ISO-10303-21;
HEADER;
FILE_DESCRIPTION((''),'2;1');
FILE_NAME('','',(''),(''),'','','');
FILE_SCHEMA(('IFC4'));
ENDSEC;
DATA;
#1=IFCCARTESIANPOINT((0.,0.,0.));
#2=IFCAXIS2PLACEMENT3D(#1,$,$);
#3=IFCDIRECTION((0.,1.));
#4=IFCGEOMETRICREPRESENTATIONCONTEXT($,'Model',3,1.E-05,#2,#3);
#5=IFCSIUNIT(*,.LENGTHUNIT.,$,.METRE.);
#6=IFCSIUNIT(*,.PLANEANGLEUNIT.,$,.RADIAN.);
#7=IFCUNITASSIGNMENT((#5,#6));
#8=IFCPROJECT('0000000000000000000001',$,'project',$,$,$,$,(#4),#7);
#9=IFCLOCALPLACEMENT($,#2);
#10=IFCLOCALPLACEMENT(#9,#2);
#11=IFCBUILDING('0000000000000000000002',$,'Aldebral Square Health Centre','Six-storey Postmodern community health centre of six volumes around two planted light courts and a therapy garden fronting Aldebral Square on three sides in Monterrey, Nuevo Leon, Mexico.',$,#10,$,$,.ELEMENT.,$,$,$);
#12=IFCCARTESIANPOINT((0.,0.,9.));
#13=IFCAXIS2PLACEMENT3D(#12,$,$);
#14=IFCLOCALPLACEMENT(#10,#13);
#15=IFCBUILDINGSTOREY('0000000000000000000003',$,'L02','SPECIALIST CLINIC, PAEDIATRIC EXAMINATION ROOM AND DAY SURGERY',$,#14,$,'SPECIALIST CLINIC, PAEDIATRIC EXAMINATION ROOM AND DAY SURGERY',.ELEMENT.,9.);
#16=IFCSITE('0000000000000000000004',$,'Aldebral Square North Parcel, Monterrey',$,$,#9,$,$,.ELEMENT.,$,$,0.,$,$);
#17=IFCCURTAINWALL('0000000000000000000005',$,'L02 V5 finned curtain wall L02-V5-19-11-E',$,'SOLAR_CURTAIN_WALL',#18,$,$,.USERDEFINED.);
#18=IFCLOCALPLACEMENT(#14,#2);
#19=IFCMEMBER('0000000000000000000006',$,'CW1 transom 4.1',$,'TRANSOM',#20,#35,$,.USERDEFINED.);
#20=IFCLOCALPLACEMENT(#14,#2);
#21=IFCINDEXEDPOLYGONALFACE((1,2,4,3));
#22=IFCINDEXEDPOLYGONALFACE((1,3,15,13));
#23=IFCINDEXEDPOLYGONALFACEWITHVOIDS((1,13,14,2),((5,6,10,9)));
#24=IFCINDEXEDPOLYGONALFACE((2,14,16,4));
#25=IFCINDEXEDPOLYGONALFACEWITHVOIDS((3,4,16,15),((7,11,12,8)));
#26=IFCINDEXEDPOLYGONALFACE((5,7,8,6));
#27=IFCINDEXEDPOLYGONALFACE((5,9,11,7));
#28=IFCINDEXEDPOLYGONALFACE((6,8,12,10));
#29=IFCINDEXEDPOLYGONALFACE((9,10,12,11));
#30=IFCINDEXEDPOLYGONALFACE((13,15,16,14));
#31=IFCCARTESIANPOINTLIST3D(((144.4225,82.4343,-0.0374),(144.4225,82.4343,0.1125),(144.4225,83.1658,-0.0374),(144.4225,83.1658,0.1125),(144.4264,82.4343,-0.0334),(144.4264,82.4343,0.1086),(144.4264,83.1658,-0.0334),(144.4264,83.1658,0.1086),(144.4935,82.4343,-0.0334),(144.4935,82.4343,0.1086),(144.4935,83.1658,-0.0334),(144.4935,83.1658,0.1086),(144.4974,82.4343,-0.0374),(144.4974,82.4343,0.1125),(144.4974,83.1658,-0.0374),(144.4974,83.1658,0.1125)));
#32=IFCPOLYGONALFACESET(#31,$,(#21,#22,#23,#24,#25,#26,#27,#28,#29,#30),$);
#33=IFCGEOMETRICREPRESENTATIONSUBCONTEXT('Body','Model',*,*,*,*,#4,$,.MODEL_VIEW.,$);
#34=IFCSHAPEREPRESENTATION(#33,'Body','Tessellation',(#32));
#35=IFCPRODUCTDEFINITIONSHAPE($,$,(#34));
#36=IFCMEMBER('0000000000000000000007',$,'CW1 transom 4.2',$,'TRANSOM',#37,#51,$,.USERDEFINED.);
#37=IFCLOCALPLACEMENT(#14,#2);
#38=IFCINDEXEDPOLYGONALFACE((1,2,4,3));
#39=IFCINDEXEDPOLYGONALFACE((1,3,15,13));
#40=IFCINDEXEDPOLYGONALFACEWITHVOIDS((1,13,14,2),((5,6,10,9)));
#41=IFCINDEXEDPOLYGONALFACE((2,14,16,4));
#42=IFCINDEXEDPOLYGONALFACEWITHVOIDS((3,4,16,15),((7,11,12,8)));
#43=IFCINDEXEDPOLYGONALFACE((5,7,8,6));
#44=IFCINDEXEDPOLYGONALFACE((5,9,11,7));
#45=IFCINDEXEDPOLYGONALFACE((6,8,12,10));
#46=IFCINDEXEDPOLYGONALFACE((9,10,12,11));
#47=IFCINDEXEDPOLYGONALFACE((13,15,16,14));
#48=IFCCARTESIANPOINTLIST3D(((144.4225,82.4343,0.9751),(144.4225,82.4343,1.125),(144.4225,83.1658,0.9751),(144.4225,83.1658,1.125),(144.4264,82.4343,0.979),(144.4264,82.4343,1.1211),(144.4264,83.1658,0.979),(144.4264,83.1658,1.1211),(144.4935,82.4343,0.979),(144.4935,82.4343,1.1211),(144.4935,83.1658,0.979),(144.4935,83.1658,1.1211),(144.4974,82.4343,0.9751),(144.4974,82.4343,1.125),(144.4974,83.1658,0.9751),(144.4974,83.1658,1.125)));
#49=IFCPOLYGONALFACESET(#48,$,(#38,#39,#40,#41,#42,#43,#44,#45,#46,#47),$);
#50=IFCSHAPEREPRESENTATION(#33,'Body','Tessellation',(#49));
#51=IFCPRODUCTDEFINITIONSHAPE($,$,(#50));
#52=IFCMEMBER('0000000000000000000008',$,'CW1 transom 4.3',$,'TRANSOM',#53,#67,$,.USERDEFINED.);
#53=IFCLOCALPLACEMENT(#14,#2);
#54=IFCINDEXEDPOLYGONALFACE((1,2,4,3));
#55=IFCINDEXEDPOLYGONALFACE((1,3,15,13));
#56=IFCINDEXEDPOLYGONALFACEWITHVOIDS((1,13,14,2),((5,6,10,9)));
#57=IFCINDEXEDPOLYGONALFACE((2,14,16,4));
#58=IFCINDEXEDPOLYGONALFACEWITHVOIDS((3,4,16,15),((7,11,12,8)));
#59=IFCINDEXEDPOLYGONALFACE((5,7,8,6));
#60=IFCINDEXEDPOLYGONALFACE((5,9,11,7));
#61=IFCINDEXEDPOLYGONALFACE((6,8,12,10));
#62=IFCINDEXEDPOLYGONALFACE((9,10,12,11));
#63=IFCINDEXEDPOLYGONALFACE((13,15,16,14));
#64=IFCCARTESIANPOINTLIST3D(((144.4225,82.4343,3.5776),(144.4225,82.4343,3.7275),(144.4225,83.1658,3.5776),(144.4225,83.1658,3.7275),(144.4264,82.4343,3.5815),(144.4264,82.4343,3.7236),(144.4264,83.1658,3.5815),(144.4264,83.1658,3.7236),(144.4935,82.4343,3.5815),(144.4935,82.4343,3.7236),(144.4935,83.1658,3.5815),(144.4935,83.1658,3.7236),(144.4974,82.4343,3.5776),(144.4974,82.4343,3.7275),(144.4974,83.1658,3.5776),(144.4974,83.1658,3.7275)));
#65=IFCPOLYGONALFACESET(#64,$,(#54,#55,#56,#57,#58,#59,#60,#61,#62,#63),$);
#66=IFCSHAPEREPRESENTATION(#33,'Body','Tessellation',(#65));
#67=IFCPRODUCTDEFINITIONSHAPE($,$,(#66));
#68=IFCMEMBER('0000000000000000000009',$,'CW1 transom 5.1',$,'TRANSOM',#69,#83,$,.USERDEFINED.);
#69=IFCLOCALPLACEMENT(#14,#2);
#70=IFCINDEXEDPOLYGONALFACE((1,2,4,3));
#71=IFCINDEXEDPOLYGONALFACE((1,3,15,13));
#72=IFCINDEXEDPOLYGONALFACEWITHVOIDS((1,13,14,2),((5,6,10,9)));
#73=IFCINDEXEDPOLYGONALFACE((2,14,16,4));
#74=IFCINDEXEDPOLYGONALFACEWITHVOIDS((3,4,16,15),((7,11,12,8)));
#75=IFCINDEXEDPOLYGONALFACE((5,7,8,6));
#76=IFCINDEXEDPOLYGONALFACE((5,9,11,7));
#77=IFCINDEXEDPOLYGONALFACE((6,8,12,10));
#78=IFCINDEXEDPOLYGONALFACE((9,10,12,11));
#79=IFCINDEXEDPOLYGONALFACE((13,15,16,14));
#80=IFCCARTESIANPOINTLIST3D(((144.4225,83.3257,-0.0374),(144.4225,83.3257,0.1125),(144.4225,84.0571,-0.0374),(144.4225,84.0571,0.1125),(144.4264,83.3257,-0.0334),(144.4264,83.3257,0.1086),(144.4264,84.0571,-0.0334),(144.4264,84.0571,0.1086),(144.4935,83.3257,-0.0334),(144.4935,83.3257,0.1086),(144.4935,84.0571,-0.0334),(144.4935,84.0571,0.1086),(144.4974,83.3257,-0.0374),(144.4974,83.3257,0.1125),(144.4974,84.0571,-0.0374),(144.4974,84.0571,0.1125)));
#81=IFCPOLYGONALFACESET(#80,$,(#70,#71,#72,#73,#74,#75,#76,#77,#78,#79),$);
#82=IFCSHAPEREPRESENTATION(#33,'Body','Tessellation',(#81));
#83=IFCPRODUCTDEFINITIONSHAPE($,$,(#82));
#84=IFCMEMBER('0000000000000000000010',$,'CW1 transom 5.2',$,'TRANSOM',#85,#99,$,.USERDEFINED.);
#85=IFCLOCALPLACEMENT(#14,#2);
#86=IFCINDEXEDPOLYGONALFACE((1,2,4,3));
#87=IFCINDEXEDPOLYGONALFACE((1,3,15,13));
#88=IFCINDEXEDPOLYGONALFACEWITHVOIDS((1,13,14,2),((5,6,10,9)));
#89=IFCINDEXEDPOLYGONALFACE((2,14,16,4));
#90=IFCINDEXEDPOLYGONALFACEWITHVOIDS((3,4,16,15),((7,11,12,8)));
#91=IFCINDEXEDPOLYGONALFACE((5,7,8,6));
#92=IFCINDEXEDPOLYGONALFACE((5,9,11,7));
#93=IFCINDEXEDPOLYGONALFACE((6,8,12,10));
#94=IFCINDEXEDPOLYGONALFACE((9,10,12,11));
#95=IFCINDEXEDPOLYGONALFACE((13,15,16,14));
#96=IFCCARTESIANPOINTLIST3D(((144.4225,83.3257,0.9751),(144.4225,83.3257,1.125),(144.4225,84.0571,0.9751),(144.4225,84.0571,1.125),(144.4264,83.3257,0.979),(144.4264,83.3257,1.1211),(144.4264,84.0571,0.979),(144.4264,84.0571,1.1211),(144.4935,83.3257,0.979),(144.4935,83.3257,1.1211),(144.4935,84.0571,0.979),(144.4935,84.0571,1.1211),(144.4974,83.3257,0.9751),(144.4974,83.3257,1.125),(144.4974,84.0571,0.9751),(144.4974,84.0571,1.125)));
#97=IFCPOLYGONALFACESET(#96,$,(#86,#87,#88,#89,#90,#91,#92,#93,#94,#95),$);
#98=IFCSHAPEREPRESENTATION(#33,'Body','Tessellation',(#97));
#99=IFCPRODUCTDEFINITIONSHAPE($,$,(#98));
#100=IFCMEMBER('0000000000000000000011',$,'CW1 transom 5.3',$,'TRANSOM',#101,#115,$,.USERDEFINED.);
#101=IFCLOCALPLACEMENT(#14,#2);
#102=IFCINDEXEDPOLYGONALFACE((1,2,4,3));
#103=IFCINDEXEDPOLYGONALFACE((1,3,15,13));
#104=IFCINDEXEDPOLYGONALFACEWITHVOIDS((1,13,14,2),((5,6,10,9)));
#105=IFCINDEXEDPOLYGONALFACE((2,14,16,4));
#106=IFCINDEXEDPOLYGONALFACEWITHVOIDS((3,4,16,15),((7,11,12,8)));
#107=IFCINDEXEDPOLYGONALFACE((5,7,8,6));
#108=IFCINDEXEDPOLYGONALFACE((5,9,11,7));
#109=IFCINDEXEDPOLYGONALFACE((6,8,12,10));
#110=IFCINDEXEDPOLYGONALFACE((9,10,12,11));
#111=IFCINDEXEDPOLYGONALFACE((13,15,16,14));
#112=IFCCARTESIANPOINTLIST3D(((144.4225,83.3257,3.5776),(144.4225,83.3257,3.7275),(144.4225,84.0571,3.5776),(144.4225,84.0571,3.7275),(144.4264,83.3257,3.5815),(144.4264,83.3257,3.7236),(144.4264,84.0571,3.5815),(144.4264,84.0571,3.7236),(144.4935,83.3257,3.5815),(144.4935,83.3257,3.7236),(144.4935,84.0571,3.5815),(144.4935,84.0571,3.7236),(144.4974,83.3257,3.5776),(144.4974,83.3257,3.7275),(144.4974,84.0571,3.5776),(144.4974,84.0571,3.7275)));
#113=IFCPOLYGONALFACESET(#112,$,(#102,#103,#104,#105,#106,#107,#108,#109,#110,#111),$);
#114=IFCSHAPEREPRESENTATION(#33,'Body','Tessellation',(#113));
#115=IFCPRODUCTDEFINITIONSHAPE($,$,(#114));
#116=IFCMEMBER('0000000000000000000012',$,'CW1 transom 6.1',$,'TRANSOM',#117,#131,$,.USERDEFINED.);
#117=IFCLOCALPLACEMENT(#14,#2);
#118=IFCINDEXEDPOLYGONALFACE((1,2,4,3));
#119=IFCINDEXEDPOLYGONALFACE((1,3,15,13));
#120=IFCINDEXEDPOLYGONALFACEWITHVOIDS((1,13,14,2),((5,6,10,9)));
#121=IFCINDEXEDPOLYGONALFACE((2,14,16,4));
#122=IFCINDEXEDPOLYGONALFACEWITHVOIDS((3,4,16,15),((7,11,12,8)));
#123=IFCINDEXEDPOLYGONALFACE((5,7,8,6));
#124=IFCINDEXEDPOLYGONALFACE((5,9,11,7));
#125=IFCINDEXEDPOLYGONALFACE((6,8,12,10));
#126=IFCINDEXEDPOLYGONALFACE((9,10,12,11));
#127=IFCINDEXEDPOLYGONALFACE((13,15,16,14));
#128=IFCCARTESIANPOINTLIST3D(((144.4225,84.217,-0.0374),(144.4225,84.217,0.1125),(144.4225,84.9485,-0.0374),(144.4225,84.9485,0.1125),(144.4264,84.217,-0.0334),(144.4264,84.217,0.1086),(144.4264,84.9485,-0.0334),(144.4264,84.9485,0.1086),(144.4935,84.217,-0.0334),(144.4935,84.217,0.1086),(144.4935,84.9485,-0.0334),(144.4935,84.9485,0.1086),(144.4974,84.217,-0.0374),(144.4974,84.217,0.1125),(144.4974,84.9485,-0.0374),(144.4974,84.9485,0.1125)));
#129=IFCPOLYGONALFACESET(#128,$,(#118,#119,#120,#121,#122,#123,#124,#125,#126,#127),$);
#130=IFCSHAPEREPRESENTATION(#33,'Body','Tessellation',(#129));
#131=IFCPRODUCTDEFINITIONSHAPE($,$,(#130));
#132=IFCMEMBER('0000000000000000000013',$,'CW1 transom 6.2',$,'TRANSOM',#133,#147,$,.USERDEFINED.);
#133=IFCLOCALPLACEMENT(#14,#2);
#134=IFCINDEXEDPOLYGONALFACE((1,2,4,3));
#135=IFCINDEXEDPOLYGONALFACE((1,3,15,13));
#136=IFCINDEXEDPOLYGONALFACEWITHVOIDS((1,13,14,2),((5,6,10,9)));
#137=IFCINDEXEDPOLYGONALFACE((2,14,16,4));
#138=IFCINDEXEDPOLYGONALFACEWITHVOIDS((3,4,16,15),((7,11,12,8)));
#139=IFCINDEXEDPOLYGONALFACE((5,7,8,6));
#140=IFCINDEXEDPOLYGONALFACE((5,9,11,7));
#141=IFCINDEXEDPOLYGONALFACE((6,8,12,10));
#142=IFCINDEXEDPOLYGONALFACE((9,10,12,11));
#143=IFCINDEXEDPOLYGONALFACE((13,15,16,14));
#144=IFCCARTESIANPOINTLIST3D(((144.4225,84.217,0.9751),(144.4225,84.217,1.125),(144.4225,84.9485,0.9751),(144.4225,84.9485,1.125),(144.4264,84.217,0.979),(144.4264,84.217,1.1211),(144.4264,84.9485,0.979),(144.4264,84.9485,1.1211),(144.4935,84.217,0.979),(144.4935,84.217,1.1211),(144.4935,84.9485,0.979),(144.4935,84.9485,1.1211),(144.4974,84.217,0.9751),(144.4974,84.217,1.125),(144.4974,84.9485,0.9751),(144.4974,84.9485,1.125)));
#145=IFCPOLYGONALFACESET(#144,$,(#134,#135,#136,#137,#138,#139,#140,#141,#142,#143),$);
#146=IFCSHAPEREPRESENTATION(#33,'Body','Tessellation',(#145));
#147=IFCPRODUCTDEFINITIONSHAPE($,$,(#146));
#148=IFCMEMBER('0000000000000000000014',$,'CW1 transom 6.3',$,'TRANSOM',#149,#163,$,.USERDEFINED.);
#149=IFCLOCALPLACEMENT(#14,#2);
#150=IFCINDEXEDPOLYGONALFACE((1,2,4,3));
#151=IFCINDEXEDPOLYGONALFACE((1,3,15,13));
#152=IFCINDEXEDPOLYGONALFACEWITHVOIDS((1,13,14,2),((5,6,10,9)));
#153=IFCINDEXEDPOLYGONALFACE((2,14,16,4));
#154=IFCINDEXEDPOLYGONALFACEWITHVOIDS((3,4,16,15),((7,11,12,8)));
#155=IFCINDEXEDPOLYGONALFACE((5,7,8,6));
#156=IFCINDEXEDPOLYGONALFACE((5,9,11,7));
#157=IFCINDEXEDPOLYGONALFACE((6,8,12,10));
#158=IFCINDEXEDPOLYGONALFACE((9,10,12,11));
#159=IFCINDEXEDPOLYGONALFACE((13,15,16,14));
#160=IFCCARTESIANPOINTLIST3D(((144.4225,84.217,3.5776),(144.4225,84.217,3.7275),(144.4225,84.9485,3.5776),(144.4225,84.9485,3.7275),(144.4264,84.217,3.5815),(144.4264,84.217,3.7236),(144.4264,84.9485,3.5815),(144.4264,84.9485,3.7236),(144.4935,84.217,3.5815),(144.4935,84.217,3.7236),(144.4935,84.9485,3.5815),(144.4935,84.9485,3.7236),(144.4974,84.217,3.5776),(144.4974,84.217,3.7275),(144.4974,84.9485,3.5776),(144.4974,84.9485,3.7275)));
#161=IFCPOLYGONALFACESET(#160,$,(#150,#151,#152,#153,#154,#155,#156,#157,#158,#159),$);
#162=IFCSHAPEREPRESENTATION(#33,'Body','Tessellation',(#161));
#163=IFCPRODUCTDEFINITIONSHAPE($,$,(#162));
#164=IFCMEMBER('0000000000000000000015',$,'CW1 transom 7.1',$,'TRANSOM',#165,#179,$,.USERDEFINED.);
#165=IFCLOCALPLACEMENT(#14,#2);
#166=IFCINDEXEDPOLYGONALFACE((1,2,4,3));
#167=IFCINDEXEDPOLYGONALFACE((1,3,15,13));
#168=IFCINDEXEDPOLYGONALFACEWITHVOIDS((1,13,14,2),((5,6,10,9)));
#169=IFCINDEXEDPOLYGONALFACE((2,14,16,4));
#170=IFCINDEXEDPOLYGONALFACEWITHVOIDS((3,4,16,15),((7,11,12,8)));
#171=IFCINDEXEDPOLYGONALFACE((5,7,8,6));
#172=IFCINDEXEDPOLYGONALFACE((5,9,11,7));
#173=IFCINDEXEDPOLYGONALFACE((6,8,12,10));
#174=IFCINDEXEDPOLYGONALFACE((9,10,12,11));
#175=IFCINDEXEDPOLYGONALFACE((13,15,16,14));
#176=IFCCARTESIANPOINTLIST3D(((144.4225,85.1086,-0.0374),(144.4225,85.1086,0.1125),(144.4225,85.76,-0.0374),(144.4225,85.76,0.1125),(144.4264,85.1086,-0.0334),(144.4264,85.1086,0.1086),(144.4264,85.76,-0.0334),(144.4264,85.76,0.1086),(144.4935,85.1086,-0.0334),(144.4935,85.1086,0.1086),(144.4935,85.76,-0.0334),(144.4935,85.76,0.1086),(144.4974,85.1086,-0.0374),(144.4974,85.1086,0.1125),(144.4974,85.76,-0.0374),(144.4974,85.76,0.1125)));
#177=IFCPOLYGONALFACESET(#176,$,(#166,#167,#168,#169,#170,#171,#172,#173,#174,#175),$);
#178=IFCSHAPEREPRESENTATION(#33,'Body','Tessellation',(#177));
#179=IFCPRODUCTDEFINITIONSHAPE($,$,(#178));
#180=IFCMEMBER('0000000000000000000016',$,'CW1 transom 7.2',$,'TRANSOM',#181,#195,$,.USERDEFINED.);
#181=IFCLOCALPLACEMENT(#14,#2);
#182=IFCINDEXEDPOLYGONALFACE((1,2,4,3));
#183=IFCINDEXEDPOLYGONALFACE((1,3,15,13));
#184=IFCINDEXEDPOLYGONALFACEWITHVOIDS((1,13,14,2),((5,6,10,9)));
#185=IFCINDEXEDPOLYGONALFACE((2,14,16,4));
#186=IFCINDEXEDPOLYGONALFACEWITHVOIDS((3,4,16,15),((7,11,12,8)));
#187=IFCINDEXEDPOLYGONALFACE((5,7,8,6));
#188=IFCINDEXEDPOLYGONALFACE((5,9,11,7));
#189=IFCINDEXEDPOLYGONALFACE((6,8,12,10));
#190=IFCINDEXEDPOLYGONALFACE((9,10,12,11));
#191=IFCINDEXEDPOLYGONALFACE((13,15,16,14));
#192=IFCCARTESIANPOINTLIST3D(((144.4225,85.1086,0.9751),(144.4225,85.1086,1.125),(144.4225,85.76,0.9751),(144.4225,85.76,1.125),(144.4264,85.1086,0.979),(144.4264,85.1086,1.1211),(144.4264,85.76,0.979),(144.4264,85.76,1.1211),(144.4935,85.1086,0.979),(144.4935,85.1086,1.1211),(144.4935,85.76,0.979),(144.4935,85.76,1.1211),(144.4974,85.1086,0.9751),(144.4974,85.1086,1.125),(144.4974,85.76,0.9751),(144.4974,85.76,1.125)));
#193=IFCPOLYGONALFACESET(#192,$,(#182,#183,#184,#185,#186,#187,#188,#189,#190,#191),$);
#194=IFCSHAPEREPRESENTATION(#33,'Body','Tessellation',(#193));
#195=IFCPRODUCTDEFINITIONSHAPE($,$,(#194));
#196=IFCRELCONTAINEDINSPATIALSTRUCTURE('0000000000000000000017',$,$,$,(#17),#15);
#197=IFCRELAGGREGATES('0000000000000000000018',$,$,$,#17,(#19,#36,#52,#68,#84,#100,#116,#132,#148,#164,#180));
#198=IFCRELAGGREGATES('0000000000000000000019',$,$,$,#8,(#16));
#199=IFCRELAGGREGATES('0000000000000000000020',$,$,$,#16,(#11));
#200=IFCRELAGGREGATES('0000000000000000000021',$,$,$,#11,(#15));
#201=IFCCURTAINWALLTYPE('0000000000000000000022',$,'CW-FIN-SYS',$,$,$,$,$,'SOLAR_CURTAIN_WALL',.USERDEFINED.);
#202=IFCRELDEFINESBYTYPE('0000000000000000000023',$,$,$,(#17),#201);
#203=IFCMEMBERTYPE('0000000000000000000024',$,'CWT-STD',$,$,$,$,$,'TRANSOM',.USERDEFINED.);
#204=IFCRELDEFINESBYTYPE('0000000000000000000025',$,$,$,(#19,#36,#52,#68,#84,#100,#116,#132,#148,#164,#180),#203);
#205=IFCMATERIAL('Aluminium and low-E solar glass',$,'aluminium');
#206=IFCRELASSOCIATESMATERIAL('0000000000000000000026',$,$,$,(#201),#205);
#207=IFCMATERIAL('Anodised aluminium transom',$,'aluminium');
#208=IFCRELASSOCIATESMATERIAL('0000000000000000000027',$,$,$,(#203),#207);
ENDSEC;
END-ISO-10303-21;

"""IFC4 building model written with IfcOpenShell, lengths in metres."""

from ifc_helpers import new_model, si_unit, direction, frame, origin, origin_2d, place, context, subcontext, project, spatial, hollow_rectangle, extrude, material, material_profile, profile_set, type_object, element, aggregate, save


model = new_model("IFC4")

# Units and contexts
model_context = context("Model", 3, precision=1e-05, world=origin(), true_north=direction((0.0, 1.0)))
body_context = subcontext(model_context, "Body", "Model", "MODEL_VIEW")
ifc_project = project(units=[si_unit("LENGTHUNIT", "METRE"), si_unit("PLANEANGLEUNIT", "RADIAN")], contexts=[model_context])

# Site, building, storey
site_placement = place(None, origin())
site = spatial("IfcSite", under=ifc_project, at=site_placement, Name="Aldebral Square North Parcel, Monterrey", CompositionType="ELEMENT", RefElevation=0.0)
building_placement = place(site_placement, origin())
building = spatial("IfcBuilding", under=site, at=building_placement, Name="Aldebral Square Health Centre", Description="Six-storey Postmodern community health centre of six volumes around two planted light courts and a therapy garden fronting Aldebral Square on three sides in Monterrey, Nuevo Leon, Mexico.", CompositionType="ELEMENT")
storey_placement = place(building_placement, frame((0.0, 0.0, 9.0)))
storey = spatial("IfcBuildingStorey", under=building, at=storey_placement, Name="L02", Description="SPECIALIST CLINIC, PAEDIATRIC EXAMINATION ROOM AND DAY SURGERY", LongName="SPECIALIST CLINIC, PAEDIATRIC EXAMINATION ROOM AND DAY SURGERY", CompositionType="ELEMENT", Elevation=9.0)

# Curtain wall, members
ifc_material_1 = material(Name="Aluminium and low-E solar glass", Category="aluminium")
curtain_wall_type = type_object("IfcCurtainWallType", Name="CW-FIN-SYS", ElementType="SOLAR_CURTAIN_WALL", PredefinedType="USERDEFINED", material=ifc_material_1)
curtain_wall_placement = place(storey_placement, origin())
curtain_wall = element("IfcCurtainWall", 1, at=curtain_wall_placement, inside=storey, type_object=curtain_wall_type, Name="L02 V5 finned curtain wall L02-V5-19-11-E", ObjectType="SOLAR_CURTAIN_WALL", PredefinedType="USERDEFINED")
ifc_material_2 = material(Name="Anodised aluminium transom", Category="aluminium")
ifc_material_profile_1 = material_profile(ifc_material_2, hollow_rectangle(XDim=0.075, YDim=0.1499, WallThickness=0.0039, at=origin_2d()), Name="CWT 75x150x4")
ifc_profile_set_1 = profile_set([ifc_material_profile_1], Name="Anodised aluminium transom")
member_type_1 = type_object("IfcMemberType", Name="CWT-STD", ElementType="TRANSOM", PredefinedType="USERDEFINED", material=ifc_profile_set_1)
member_1_placement = place(storey_placement, frame((144.46, 82.4343, 0.0376), z_axis=(0.0, 1.0, 0.0), x_axis=(-1.0, 0.0, 0.0)))
member_1 = element("IfcMember", 2, at=member_1_placement, type_object=member_type_1, Name="CW1 transom 4.1", ObjectType="TRANSOM", PredefinedType="USERDEFINED", context=body_context, shape_type="SweptSolid", body=[
    extrude(hollow_rectangle(XDim=0.075, YDim=0.1499, WallThickness=0.0039, at=origin_2d()), origin(), (0.0, 0.0, 1.0), 0.7314),
])
member_2_placement = place(storey_placement, frame((144.46, 82.4343, 1.05), z_axis=(0.0, 1.0, 0.0), x_axis=(-1.0, 0.0, 0.0)))
member_2 = element("IfcMember", 3, at=member_2_placement, type_object=member_type_1, Name="CW1 transom 4.2", ObjectType="TRANSOM", PredefinedType="USERDEFINED", context=body_context, shape_type="SweptSolid", body=[
    extrude(hollow_rectangle(XDim=0.075, YDim=0.1499, WallThickness=0.0039, at=origin_2d()), origin(), (0.0, 0.0, 1.0), 0.7314),
])
member_3_placement = place(storey_placement, frame((144.46, 82.4343, 3.6526), z_axis=(0.0, 1.0, 0.0), x_axis=(-1.0, 0.0, 0.0)))
member_3 = element("IfcMember", 4, at=member_3_placement, type_object=member_type_1, Name="CW1 transom 4.3", ObjectType="TRANSOM", PredefinedType="USERDEFINED", context=body_context, shape_type="SweptSolid", body=[
    extrude(hollow_rectangle(XDim=0.075, YDim=0.1499, WallThickness=0.0039, at=origin_2d()), origin(), (0.0, 0.0, 1.0), 0.7314),
])
member_4_placement = place(storey_placement, frame((144.46, 83.3257, 0.0376), z_axis=(0.0, 1.0, 0.0), x_axis=(-1.0, 0.0, 0.0)))
member_4 = element("IfcMember", 5, at=member_4_placement, type_object=member_type_1, Name="CW1 transom 5.1", ObjectType="TRANSOM", PredefinedType="USERDEFINED", context=body_context, shape_type="SweptSolid", body=[
    extrude(hollow_rectangle(XDim=0.075, YDim=0.1499, WallThickness=0.0039, at=origin_2d()), origin(), (0.0, 0.0, 1.0), 0.7314),
])
member_5_placement = place(storey_placement, frame((144.46, 83.3257, 1.05), z_axis=(0.0, 1.0, 0.0), x_axis=(-1.0, 0.0, 0.0)))
member_5 = element("IfcMember", 6, at=member_5_placement, type_object=member_type_1, Name="CW1 transom 5.2", ObjectType="TRANSOM", PredefinedType="USERDEFINED", context=body_context, shape_type="SweptSolid", body=[
    extrude(hollow_rectangle(XDim=0.075, YDim=0.1499, WallThickness=0.0039, at=origin_2d()), origin(), (0.0, 0.0, 1.0), 0.7314),
])
member_6_placement = place(storey_placement, frame((144.46, 83.3257, 3.6526), z_axis=(0.0, 1.0, 0.0), x_axis=(-1.0, 0.0, 0.0)))
member_6 = element("IfcMember", 7, at=member_6_placement, type_object=member_type_1, Name="CW1 transom 5.3", ObjectType="TRANSOM", PredefinedType="USERDEFINED", context=body_context, shape_type="SweptSolid", body=[
    extrude(hollow_rectangle(XDim=0.075, YDim=0.1499, WallThickness=0.0039, at=origin_2d()), origin(), (0.0, 0.0, 1.0), 0.7314),
])
member_7_placement = place(storey_placement, frame((144.46, 84.217, 0.0376), z_axis=(0.0, 1.0, 0.0), x_axis=(-1.0, 0.0, 0.0)))
member_7 = element("IfcMember", 8, at=member_7_placement, type_object=member_type_1, Name="CW1 transom 6.1", ObjectType="TRANSOM", PredefinedType="USERDEFINED", context=body_context, shape_type="SweptSolid", body=[
    extrude(hollow_rectangle(XDim=0.075, YDim=0.1499, WallThickness=0.0039, at=origin_2d()), origin(), (0.0, 0.0, 1.0), 0.7314),
])
member_8_placement = place(storey_placement, frame((144.46, 84.217, 1.05), z_axis=(0.0, 1.0, 0.0), x_axis=(-1.0, 0.0, 0.0)))
member_8 = element("IfcMember", 9, at=member_8_placement, type_object=member_type_1, Name="CW1 transom 6.2", ObjectType="TRANSOM", PredefinedType="USERDEFINED", context=body_context, shape_type="SweptSolid", body=[
    extrude(hollow_rectangle(XDim=0.075, YDim=0.1499, WallThickness=0.0039, at=origin_2d()), origin(), (0.0, 0.0, 1.0), 0.7314),
])
member_9_placement = place(storey_placement, frame((144.46, 84.217, 3.6526), z_axis=(0.0, 1.0, 0.0), x_axis=(-1.0, 0.0, 0.0)))
member_9 = element("IfcMember", 10, at=member_9_placement, type_object=member_type_1, Name="CW1 transom 6.3", ObjectType="TRANSOM", PredefinedType="USERDEFINED", context=body_context, shape_type="SweptSolid", body=[
    extrude(hollow_rectangle(XDim=0.075, YDim=0.1499, WallThickness=0.0039, at=origin_2d()), origin(), (0.0, 0.0, 1.0), 0.7314),
])
member_10_placement = place(storey_placement, frame((144.46, 85.1086, 0.0376), z_axis=(0.0, 1.0, 0.0), x_axis=(-1.0, 0.0, 0.0)))
member_10 = element("IfcMember", 11, at=member_10_placement, type_object=member_type_1, Name="CW1 transom 7.1", ObjectType="TRANSOM", PredefinedType="USERDEFINED", context=body_context, shape_type="SweptSolid", body=[
    extrude(hollow_rectangle(XDim=0.075, YDim=0.1499, WallThickness=0.0039, at=origin_2d()), origin(), (0.0, 0.0, 1.0), 0.6514),
])
member_11_placement = place(storey_placement, frame((144.46, 85.1086, 1.05), z_axis=(0.0, 1.0, 0.0), x_axis=(-1.0, 0.0, 0.0)))
member_11 = element("IfcMember", 12, at=member_11_placement, type_object=member_type_1, Name="CW1 transom 7.2", ObjectType="TRANSOM", PredefinedType="USERDEFINED", context=body_context, shape_type="SweptSolid", body=[
    extrude(hollow_rectangle(XDim=0.075, YDim=0.1499, WallThickness=0.0039, at=origin_2d()), origin(), (0.0, 0.0, 1.0), 0.6514),
])
aggregate(curtain_wall, [member_1, member_2, member_3, member_4, member_5, member_6, member_7, member_8, member_9, member_10, member_11])

save(model, "model.ifc")
